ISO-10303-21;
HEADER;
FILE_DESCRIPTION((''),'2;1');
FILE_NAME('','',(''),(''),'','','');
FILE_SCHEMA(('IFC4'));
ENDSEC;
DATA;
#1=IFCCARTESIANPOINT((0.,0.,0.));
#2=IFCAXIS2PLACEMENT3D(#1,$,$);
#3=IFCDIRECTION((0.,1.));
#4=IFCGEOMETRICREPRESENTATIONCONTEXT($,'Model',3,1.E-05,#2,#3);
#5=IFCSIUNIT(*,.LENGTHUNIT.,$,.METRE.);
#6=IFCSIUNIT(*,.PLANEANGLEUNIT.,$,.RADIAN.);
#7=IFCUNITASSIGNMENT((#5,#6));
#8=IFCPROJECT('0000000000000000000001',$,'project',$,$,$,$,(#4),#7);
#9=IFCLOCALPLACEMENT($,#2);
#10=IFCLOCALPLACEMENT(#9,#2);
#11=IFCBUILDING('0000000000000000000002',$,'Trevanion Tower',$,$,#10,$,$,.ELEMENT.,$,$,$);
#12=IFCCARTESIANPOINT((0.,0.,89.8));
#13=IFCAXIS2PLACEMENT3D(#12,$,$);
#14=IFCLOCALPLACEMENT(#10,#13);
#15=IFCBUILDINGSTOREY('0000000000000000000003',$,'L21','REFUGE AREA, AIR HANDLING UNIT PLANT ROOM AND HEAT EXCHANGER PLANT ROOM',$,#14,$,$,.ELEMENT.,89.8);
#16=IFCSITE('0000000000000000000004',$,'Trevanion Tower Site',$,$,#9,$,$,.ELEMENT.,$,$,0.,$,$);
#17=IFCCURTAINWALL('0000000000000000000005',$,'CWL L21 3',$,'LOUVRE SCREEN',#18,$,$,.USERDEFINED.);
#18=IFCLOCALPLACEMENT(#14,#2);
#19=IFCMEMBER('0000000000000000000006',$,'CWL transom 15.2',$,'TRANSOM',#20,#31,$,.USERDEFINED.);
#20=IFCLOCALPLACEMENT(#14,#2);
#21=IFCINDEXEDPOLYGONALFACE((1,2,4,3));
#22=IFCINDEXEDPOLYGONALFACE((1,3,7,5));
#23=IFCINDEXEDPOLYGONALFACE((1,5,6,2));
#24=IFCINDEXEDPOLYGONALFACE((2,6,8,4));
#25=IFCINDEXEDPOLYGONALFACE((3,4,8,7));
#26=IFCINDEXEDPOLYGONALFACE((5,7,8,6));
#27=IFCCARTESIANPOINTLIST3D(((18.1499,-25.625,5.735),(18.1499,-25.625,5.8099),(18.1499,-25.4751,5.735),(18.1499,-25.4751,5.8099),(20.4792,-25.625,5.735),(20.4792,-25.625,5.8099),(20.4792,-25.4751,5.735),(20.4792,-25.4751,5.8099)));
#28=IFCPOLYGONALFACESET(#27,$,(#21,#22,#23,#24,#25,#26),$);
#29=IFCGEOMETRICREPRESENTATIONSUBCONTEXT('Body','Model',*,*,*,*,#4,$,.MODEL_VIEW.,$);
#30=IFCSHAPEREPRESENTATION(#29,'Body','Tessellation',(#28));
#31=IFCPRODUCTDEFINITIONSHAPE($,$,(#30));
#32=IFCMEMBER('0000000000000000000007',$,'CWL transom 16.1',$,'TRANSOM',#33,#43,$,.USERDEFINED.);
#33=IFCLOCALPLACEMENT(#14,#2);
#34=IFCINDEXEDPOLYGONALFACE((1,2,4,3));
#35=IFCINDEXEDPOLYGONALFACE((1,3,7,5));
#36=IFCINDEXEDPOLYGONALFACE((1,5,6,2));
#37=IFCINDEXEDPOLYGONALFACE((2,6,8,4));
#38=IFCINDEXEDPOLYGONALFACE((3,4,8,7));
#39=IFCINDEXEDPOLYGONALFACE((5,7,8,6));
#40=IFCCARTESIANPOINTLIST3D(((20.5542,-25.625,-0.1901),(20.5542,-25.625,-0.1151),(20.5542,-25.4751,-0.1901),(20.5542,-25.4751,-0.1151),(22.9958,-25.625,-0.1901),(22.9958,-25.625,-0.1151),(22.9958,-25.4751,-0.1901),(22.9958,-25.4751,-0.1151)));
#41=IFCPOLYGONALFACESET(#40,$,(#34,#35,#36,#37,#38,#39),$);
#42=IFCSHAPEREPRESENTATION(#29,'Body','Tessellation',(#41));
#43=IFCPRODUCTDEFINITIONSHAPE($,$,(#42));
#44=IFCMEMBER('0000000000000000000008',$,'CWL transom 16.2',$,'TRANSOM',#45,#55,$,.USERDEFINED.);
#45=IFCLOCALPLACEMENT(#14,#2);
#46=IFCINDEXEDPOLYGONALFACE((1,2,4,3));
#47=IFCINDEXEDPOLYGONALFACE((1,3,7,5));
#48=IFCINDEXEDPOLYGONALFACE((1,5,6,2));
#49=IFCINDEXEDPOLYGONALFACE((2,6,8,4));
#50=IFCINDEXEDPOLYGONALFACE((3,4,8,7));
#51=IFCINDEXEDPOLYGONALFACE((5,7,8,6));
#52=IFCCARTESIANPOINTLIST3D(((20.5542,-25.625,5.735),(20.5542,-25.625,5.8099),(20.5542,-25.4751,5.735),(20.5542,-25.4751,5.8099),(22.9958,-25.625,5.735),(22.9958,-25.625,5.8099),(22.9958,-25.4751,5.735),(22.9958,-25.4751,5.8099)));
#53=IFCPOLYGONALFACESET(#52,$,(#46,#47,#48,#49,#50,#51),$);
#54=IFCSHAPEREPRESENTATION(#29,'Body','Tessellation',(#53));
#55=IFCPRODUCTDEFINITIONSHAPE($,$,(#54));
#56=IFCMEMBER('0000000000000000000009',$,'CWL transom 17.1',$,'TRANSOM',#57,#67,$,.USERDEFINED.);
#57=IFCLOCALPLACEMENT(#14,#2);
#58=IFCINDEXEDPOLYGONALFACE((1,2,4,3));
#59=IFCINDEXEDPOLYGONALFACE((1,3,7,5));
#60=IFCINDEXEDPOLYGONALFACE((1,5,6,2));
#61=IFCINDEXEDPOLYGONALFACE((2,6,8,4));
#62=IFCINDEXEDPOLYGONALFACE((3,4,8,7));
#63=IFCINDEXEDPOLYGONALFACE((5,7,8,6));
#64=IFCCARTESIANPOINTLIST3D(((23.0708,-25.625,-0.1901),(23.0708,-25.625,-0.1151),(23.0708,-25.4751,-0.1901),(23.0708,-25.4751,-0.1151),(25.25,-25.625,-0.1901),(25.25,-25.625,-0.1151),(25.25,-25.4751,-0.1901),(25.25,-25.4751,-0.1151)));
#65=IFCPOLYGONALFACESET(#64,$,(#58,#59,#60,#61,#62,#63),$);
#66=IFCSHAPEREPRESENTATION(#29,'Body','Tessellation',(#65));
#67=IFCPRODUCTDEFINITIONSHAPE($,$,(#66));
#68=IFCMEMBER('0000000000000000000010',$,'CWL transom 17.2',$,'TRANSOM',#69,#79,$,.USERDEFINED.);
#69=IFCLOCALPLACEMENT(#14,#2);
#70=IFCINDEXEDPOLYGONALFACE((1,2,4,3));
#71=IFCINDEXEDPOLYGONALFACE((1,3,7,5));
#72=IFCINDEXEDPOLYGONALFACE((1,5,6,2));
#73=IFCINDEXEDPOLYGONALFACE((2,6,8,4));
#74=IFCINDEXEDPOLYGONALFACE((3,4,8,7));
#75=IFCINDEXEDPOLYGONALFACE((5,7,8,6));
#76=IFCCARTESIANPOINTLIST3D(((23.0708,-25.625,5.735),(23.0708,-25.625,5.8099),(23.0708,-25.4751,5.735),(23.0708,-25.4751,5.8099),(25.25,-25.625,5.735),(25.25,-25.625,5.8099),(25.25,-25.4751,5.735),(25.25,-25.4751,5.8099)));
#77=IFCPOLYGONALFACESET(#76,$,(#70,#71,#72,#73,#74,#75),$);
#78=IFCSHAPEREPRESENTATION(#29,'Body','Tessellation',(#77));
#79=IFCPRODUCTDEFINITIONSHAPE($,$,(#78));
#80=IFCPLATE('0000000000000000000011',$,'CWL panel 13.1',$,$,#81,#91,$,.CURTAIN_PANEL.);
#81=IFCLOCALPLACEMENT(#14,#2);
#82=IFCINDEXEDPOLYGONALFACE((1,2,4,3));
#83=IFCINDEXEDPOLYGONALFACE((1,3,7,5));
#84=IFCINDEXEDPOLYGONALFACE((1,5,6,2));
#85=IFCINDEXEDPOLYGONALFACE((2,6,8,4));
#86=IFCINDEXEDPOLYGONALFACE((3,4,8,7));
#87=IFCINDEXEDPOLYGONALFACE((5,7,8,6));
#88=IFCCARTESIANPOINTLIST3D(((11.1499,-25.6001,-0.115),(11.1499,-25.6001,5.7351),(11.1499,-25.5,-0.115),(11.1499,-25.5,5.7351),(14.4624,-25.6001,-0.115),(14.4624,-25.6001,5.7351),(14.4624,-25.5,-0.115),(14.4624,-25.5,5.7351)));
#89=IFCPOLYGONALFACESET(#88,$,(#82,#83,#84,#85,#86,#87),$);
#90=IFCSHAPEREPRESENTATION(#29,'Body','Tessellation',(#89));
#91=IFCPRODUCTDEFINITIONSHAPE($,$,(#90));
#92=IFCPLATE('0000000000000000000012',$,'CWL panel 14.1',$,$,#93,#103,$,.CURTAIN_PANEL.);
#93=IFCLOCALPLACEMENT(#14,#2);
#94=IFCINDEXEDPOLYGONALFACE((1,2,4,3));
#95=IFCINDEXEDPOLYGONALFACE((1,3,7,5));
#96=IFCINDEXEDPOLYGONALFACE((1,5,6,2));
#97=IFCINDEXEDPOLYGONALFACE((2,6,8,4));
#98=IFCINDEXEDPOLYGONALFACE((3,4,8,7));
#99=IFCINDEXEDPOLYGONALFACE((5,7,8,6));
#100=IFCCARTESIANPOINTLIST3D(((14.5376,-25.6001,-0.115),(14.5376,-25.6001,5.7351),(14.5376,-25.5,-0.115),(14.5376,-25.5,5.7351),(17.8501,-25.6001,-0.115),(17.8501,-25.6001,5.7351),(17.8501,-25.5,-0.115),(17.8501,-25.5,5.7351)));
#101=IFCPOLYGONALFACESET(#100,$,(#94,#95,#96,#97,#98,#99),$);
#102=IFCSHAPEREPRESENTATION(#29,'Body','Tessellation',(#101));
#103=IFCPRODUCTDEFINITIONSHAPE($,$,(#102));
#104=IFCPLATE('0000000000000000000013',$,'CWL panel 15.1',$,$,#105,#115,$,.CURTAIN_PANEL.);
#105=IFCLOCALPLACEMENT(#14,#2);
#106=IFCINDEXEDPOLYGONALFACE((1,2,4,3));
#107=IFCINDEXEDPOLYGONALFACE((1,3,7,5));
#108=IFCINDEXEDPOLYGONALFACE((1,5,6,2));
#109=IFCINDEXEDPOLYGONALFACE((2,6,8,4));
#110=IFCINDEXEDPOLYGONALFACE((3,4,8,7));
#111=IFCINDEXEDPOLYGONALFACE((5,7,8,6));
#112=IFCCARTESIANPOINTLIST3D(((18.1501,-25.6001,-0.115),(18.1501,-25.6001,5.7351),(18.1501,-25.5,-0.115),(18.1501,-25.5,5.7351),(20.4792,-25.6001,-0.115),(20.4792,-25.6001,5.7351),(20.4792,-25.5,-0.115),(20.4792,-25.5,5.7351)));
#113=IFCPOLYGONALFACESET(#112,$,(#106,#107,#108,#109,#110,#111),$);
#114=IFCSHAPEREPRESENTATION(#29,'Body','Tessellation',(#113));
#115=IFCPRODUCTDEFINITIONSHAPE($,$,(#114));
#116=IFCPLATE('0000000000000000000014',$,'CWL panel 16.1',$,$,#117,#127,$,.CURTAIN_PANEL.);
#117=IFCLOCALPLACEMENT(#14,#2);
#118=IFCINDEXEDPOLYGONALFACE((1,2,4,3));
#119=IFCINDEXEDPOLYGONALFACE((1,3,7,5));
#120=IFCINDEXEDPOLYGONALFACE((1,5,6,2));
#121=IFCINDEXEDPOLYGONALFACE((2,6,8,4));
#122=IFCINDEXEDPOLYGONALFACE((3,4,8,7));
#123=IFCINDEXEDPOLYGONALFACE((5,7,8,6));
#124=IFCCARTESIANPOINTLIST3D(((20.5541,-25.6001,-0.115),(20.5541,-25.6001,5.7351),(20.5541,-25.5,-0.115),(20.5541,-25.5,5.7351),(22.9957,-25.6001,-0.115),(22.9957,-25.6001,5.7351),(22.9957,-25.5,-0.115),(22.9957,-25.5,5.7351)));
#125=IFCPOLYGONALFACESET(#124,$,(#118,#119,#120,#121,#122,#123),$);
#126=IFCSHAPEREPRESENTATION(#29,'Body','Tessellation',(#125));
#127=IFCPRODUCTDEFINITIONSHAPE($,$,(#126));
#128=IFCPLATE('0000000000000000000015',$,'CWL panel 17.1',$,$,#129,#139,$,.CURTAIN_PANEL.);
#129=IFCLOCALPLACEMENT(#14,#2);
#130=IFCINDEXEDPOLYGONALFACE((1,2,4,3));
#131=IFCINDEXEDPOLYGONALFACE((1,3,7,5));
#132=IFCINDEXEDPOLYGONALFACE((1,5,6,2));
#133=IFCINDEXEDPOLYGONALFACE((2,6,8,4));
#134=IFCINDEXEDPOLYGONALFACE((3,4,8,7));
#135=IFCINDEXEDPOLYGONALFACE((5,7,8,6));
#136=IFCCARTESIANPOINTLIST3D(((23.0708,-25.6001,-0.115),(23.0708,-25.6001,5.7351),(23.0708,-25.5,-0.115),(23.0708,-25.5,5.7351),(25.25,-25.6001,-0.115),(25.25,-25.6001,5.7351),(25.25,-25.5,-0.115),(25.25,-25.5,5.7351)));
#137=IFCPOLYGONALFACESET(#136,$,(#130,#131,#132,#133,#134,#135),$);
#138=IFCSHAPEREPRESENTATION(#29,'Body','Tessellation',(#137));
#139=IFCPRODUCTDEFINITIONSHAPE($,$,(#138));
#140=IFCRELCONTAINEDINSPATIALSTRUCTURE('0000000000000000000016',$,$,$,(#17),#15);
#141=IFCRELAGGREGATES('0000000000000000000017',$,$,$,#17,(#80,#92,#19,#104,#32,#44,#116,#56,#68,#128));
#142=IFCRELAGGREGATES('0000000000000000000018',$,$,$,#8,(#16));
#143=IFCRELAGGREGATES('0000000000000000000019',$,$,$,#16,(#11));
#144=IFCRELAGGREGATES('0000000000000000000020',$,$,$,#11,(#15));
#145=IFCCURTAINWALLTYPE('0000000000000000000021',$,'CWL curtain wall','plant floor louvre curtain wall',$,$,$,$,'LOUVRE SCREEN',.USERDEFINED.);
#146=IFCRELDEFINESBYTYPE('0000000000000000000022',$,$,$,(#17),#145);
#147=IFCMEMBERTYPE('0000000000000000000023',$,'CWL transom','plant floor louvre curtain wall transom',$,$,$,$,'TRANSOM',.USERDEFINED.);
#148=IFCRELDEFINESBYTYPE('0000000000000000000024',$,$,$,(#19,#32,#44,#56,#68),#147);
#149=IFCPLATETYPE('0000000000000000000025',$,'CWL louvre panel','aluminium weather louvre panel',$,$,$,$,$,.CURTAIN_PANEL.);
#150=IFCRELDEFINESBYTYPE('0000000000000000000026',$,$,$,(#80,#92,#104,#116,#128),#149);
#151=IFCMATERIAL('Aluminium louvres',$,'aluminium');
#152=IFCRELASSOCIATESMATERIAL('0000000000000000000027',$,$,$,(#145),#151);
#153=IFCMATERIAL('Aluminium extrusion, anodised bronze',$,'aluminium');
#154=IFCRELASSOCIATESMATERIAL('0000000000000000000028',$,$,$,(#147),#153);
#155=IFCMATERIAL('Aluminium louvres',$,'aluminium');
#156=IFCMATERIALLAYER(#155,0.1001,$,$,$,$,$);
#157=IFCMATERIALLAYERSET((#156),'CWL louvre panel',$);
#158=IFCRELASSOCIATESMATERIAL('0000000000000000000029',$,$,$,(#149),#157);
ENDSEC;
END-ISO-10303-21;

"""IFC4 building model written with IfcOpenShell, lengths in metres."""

from ifc_helpers import new_model, si_unit, direction, frame, origin, origin_2d, place, context, subcontext, project, spatial, rectangle, extrude, material, layer, layer_set, material_profile, profile_set, type_object, element, aggregate, save


model = new_model("IFC4")

# Units and contexts
model_context = context("Model", 3, precision=1e-05, world=origin(), true_north=direction((0.0, 1.0)))
body_context = subcontext(model_context, "Body", "Model", "MODEL_VIEW")
ifc_project = project(units=[si_unit("LENGTHUNIT", "METRE"), si_unit("PLANEANGLEUNIT", "RADIAN")], contexts=[model_context])

# Site, building, storey
site_placement = place(None, origin())
site = spatial("IfcSite", under=ifc_project, at=site_placement, Name="Trevanion Tower Site", CompositionType="ELEMENT", RefElevation=0.0)
building_placement = place(site_placement, origin())
building = spatial("IfcBuilding", under=site, at=building_placement, Name="Trevanion Tower", CompositionType="ELEMENT")
storey_placement = place(building_placement, frame((0.0, 0.0, 89.8)))
storey = spatial("IfcBuildingStorey", under=building, at=storey_placement, Name="L21", Description="REFUGE AREA, AIR HANDLING UNIT PLANT ROOM AND HEAT EXCHANGER PLANT ROOM", CompositionType="ELEMENT", Elevation=89.8)

# Curtain wall, members, plates
ifc_material_1 = material(Name="Aluminium louvres", Category="aluminium")
curtain_wall_type = type_object("IfcCurtainWallType", Name="CWL curtain wall", Description="plant floor louvre curtain wall", ElementType="LOUVRE SCREEN", PredefinedType="USERDEFINED", material=ifc_material_1)
curtain_wall_placement = place(storey_placement, origin())
curtain_wall = element("IfcCurtainWall", 1, at=curtain_wall_placement, inside=storey, type_object=curtain_wall_type, Name="CWL L21 3", ObjectType="LOUVRE SCREEN", PredefinedType="USERDEFINED")
ifc_material_2 = material(Name="Aluminium extrusion, anodised bronze", Category="aluminium")
ifc_material_profile_1 = material_profile(ifc_material_2, rectangle(XDim=0.1499, YDim=0.075, at=origin_2d()), Name="CWL transom")
ifc_profile_set_1 = profile_set([ifc_material_profile_1], Name="Aluminium extrusion, anodised bronze")
member_type_1 = type_object("IfcMemberType", Name="CWL transom", Description="plant floor louvre curtain wall transom", ElementType="TRANSOM", PredefinedType="USERDEFINED", material=ifc_profile_set_1)
member_1_placement = place(storey_placement, frame((18.1499, -25.55, 5.7725), z_axis=(1.0, 0.0, 0.0), x_axis=(0.0, 1.0, 0.0)))
member_1 = element("IfcMember", 2, at=member_1_placement, type_object=member_type_1, Name="CWL transom 15.2", ObjectType="TRANSOM", PredefinedType="USERDEFINED", context=body_context, shape_type="SweptSolid", body=[
    extrude(rectangle(XDim=0.1499, YDim=0.075, at=origin_2d()), origin(), (0.0, 0.0, 1.0), 2.3293),
])
member_2_placement = place(storey_placement, frame((20.5542, -25.55, -0.1526), z_axis=(1.0, 0.0, 0.0), x_axis=(0.0, 1.0, 0.0)))
member_2 = element("IfcMember", 3, at=member_2_placement, type_object=member_type_1, Name="CWL transom 16.1", ObjectType="TRANSOM", PredefinedType="USERDEFINED", context=body_context, shape_type="SweptSolid", body=[
    extrude(rectangle(XDim=0.1499, YDim=0.075, at=origin_2d()), origin(), (0.0, 0.0, 1.0), 2.4417),
])
member_3_placement = place(storey_placement, frame((20.5542, -25.55, 5.7725), z_axis=(1.0, 0.0, 0.0), x_axis=(0.0, 1.0, 0.0)))
member_3 = element("IfcMember", 4, at=member_3_placement, type_object=member_type_1, Name="CWL transom 16.2", ObjectType="TRANSOM", PredefinedType="USERDEFINED", context=body_context, shape_type="SweptSolid", body=[
    extrude(rectangle(XDim=0.1499, YDim=0.075, at=origin_2d()), origin(), (0.0, 0.0, 1.0), 2.4417),
])
member_4_placement = place(storey_placement, frame((23.0708, -25.55, -0.1526), z_axis=(1.0, 0.0, 0.0), x_axis=(0.0, 1.0, 0.0)))
member_4 = element("IfcMember", 5, at=member_4_placement, type_object=member_type_1, Name="CWL transom 17.1", ObjectType="TRANSOM", PredefinedType="USERDEFINED", context=body_context, shape_type="SweptSolid", body=[
    extrude(rectangle(XDim=0.1499, YDim=0.075, at=origin_2d()), origin(), (0.0, 0.0, 1.0), 2.1792),
])
member_5_placement = place(storey_placement, frame((23.0708, -25.55, 5.7725), z_axis=(1.0, 0.0, 0.0), x_axis=(0.0, 1.0, 0.0)))
member_5 = element("IfcMember", 6, at=member_5_placement, type_object=member_type_1, Name="CWL transom 17.2", ObjectType="TRANSOM", PredefinedType="USERDEFINED", context=body_context, shape_type="SweptSolid", body=[
    extrude(rectangle(XDim=0.1499, YDim=0.075, at=origin_2d()), origin(), (0.0, 0.0, 1.0), 2.1792),
])
ifc_material_3 = material(Name="Aluminium louvres", Category="aluminium")
ifc_layer = layer(ifc_material_3, 0.1001)
ifc_layer_set = layer_set([ifc_layer], Name="CWL louvre panel")
plate_type = type_object("IfcPlateType", Name="CWL louvre panel", Description="aluminium weather louvre panel", PredefinedType="CURTAIN_PANEL", material=ifc_layer_set)
plate_1_placement = place(storey_placement, frame((12.8062, -25.55, -0.115), z_axis=(0.0, 0.0, 1.0), x_axis=(1.0, 0.0, 0.0)))
plate_1 = element("IfcPlate", 7, at=plate_1_placement, type_object=plate_type, Name="CWL panel 13.1", PredefinedType="CURTAIN_PANEL", context=body_context, shape_type="SweptSolid", body=[
    extrude(rectangle(XDim=3.3125, YDim=0.1001, at=origin_2d()), origin(), (0.0, 0.0, 1.0), 5.8501),
])
plate_2_placement = place(storey_placement, frame((16.1938, -25.55, -0.115), z_axis=(0.0, 0.0, 1.0), x_axis=(1.0, 0.0, 0.0)))
plate_2 = element("IfcPlate", 8, at=plate_2_placement, type_object=plate_type, Name="CWL panel 14.1", PredefinedType="CURTAIN_PANEL", context=body_context, shape_type="SweptSolid", body=[
    extrude(rectangle(XDim=3.3125, YDim=0.1001, at=origin_2d()), origin(), (0.0, 0.0, 1.0), 5.8501),
])
plate_3_placement = place(storey_placement, frame((19.3147, -25.55, -0.115), z_axis=(0.0, 0.0, 1.0), x_axis=(1.0, 0.0, 0.0)))
plate_3 = element("IfcPlate", 9, at=plate_3_placement, type_object=plate_type, Name="CWL panel 15.1", PredefinedType="CURTAIN_PANEL", context=body_context, shape_type="SweptSolid", body=[
    extrude(rectangle(XDim=2.3291, YDim=0.1001, at=origin_2d()), origin(), (0.0, 0.0, 1.0), 5.8501),
])
plate_4_placement = place(storey_placement, frame((21.7749, -25.55, -0.115), z_axis=(0.0, 0.0, 1.0), x_axis=(1.0, 0.0, 0.0)))
plate_4 = element("IfcPlate", 10, at=plate_4_placement, type_object=plate_type, Name="CWL panel 16.1", PredefinedType="CURTAIN_PANEL", context=body_context, shape_type="SweptSolid", body=[
    extrude(rectangle(XDim=2.4417, YDim=0.1001, at=origin_2d()), origin(), (0.0, 0.0, 1.0), 5.8501),
])
plate_5_placement = place(storey_placement, frame((24.1604, -25.55, -0.115), z_axis=(0.0, 0.0, 1.0), x_axis=(1.0, 0.0, 0.0)))
plate_5 = element("IfcPlate", 11, at=plate_5_placement, type_object=plate_type, Name="CWL panel 17.1", PredefinedType="CURTAIN_PANEL", context=body_context, shape_type="SweptSolid", body=[
    extrude(rectangle(XDim=2.1792, YDim=0.1001, at=origin_2d()), origin(), (0.0, 0.0, 1.0), 5.8501),
])
aggregate(curtain_wall, [plate_1, plate_2, member_1, plate_3, member_2, member_3, plate_4, member_4, member_5, plate_5])

save(model, "model.ifc")
